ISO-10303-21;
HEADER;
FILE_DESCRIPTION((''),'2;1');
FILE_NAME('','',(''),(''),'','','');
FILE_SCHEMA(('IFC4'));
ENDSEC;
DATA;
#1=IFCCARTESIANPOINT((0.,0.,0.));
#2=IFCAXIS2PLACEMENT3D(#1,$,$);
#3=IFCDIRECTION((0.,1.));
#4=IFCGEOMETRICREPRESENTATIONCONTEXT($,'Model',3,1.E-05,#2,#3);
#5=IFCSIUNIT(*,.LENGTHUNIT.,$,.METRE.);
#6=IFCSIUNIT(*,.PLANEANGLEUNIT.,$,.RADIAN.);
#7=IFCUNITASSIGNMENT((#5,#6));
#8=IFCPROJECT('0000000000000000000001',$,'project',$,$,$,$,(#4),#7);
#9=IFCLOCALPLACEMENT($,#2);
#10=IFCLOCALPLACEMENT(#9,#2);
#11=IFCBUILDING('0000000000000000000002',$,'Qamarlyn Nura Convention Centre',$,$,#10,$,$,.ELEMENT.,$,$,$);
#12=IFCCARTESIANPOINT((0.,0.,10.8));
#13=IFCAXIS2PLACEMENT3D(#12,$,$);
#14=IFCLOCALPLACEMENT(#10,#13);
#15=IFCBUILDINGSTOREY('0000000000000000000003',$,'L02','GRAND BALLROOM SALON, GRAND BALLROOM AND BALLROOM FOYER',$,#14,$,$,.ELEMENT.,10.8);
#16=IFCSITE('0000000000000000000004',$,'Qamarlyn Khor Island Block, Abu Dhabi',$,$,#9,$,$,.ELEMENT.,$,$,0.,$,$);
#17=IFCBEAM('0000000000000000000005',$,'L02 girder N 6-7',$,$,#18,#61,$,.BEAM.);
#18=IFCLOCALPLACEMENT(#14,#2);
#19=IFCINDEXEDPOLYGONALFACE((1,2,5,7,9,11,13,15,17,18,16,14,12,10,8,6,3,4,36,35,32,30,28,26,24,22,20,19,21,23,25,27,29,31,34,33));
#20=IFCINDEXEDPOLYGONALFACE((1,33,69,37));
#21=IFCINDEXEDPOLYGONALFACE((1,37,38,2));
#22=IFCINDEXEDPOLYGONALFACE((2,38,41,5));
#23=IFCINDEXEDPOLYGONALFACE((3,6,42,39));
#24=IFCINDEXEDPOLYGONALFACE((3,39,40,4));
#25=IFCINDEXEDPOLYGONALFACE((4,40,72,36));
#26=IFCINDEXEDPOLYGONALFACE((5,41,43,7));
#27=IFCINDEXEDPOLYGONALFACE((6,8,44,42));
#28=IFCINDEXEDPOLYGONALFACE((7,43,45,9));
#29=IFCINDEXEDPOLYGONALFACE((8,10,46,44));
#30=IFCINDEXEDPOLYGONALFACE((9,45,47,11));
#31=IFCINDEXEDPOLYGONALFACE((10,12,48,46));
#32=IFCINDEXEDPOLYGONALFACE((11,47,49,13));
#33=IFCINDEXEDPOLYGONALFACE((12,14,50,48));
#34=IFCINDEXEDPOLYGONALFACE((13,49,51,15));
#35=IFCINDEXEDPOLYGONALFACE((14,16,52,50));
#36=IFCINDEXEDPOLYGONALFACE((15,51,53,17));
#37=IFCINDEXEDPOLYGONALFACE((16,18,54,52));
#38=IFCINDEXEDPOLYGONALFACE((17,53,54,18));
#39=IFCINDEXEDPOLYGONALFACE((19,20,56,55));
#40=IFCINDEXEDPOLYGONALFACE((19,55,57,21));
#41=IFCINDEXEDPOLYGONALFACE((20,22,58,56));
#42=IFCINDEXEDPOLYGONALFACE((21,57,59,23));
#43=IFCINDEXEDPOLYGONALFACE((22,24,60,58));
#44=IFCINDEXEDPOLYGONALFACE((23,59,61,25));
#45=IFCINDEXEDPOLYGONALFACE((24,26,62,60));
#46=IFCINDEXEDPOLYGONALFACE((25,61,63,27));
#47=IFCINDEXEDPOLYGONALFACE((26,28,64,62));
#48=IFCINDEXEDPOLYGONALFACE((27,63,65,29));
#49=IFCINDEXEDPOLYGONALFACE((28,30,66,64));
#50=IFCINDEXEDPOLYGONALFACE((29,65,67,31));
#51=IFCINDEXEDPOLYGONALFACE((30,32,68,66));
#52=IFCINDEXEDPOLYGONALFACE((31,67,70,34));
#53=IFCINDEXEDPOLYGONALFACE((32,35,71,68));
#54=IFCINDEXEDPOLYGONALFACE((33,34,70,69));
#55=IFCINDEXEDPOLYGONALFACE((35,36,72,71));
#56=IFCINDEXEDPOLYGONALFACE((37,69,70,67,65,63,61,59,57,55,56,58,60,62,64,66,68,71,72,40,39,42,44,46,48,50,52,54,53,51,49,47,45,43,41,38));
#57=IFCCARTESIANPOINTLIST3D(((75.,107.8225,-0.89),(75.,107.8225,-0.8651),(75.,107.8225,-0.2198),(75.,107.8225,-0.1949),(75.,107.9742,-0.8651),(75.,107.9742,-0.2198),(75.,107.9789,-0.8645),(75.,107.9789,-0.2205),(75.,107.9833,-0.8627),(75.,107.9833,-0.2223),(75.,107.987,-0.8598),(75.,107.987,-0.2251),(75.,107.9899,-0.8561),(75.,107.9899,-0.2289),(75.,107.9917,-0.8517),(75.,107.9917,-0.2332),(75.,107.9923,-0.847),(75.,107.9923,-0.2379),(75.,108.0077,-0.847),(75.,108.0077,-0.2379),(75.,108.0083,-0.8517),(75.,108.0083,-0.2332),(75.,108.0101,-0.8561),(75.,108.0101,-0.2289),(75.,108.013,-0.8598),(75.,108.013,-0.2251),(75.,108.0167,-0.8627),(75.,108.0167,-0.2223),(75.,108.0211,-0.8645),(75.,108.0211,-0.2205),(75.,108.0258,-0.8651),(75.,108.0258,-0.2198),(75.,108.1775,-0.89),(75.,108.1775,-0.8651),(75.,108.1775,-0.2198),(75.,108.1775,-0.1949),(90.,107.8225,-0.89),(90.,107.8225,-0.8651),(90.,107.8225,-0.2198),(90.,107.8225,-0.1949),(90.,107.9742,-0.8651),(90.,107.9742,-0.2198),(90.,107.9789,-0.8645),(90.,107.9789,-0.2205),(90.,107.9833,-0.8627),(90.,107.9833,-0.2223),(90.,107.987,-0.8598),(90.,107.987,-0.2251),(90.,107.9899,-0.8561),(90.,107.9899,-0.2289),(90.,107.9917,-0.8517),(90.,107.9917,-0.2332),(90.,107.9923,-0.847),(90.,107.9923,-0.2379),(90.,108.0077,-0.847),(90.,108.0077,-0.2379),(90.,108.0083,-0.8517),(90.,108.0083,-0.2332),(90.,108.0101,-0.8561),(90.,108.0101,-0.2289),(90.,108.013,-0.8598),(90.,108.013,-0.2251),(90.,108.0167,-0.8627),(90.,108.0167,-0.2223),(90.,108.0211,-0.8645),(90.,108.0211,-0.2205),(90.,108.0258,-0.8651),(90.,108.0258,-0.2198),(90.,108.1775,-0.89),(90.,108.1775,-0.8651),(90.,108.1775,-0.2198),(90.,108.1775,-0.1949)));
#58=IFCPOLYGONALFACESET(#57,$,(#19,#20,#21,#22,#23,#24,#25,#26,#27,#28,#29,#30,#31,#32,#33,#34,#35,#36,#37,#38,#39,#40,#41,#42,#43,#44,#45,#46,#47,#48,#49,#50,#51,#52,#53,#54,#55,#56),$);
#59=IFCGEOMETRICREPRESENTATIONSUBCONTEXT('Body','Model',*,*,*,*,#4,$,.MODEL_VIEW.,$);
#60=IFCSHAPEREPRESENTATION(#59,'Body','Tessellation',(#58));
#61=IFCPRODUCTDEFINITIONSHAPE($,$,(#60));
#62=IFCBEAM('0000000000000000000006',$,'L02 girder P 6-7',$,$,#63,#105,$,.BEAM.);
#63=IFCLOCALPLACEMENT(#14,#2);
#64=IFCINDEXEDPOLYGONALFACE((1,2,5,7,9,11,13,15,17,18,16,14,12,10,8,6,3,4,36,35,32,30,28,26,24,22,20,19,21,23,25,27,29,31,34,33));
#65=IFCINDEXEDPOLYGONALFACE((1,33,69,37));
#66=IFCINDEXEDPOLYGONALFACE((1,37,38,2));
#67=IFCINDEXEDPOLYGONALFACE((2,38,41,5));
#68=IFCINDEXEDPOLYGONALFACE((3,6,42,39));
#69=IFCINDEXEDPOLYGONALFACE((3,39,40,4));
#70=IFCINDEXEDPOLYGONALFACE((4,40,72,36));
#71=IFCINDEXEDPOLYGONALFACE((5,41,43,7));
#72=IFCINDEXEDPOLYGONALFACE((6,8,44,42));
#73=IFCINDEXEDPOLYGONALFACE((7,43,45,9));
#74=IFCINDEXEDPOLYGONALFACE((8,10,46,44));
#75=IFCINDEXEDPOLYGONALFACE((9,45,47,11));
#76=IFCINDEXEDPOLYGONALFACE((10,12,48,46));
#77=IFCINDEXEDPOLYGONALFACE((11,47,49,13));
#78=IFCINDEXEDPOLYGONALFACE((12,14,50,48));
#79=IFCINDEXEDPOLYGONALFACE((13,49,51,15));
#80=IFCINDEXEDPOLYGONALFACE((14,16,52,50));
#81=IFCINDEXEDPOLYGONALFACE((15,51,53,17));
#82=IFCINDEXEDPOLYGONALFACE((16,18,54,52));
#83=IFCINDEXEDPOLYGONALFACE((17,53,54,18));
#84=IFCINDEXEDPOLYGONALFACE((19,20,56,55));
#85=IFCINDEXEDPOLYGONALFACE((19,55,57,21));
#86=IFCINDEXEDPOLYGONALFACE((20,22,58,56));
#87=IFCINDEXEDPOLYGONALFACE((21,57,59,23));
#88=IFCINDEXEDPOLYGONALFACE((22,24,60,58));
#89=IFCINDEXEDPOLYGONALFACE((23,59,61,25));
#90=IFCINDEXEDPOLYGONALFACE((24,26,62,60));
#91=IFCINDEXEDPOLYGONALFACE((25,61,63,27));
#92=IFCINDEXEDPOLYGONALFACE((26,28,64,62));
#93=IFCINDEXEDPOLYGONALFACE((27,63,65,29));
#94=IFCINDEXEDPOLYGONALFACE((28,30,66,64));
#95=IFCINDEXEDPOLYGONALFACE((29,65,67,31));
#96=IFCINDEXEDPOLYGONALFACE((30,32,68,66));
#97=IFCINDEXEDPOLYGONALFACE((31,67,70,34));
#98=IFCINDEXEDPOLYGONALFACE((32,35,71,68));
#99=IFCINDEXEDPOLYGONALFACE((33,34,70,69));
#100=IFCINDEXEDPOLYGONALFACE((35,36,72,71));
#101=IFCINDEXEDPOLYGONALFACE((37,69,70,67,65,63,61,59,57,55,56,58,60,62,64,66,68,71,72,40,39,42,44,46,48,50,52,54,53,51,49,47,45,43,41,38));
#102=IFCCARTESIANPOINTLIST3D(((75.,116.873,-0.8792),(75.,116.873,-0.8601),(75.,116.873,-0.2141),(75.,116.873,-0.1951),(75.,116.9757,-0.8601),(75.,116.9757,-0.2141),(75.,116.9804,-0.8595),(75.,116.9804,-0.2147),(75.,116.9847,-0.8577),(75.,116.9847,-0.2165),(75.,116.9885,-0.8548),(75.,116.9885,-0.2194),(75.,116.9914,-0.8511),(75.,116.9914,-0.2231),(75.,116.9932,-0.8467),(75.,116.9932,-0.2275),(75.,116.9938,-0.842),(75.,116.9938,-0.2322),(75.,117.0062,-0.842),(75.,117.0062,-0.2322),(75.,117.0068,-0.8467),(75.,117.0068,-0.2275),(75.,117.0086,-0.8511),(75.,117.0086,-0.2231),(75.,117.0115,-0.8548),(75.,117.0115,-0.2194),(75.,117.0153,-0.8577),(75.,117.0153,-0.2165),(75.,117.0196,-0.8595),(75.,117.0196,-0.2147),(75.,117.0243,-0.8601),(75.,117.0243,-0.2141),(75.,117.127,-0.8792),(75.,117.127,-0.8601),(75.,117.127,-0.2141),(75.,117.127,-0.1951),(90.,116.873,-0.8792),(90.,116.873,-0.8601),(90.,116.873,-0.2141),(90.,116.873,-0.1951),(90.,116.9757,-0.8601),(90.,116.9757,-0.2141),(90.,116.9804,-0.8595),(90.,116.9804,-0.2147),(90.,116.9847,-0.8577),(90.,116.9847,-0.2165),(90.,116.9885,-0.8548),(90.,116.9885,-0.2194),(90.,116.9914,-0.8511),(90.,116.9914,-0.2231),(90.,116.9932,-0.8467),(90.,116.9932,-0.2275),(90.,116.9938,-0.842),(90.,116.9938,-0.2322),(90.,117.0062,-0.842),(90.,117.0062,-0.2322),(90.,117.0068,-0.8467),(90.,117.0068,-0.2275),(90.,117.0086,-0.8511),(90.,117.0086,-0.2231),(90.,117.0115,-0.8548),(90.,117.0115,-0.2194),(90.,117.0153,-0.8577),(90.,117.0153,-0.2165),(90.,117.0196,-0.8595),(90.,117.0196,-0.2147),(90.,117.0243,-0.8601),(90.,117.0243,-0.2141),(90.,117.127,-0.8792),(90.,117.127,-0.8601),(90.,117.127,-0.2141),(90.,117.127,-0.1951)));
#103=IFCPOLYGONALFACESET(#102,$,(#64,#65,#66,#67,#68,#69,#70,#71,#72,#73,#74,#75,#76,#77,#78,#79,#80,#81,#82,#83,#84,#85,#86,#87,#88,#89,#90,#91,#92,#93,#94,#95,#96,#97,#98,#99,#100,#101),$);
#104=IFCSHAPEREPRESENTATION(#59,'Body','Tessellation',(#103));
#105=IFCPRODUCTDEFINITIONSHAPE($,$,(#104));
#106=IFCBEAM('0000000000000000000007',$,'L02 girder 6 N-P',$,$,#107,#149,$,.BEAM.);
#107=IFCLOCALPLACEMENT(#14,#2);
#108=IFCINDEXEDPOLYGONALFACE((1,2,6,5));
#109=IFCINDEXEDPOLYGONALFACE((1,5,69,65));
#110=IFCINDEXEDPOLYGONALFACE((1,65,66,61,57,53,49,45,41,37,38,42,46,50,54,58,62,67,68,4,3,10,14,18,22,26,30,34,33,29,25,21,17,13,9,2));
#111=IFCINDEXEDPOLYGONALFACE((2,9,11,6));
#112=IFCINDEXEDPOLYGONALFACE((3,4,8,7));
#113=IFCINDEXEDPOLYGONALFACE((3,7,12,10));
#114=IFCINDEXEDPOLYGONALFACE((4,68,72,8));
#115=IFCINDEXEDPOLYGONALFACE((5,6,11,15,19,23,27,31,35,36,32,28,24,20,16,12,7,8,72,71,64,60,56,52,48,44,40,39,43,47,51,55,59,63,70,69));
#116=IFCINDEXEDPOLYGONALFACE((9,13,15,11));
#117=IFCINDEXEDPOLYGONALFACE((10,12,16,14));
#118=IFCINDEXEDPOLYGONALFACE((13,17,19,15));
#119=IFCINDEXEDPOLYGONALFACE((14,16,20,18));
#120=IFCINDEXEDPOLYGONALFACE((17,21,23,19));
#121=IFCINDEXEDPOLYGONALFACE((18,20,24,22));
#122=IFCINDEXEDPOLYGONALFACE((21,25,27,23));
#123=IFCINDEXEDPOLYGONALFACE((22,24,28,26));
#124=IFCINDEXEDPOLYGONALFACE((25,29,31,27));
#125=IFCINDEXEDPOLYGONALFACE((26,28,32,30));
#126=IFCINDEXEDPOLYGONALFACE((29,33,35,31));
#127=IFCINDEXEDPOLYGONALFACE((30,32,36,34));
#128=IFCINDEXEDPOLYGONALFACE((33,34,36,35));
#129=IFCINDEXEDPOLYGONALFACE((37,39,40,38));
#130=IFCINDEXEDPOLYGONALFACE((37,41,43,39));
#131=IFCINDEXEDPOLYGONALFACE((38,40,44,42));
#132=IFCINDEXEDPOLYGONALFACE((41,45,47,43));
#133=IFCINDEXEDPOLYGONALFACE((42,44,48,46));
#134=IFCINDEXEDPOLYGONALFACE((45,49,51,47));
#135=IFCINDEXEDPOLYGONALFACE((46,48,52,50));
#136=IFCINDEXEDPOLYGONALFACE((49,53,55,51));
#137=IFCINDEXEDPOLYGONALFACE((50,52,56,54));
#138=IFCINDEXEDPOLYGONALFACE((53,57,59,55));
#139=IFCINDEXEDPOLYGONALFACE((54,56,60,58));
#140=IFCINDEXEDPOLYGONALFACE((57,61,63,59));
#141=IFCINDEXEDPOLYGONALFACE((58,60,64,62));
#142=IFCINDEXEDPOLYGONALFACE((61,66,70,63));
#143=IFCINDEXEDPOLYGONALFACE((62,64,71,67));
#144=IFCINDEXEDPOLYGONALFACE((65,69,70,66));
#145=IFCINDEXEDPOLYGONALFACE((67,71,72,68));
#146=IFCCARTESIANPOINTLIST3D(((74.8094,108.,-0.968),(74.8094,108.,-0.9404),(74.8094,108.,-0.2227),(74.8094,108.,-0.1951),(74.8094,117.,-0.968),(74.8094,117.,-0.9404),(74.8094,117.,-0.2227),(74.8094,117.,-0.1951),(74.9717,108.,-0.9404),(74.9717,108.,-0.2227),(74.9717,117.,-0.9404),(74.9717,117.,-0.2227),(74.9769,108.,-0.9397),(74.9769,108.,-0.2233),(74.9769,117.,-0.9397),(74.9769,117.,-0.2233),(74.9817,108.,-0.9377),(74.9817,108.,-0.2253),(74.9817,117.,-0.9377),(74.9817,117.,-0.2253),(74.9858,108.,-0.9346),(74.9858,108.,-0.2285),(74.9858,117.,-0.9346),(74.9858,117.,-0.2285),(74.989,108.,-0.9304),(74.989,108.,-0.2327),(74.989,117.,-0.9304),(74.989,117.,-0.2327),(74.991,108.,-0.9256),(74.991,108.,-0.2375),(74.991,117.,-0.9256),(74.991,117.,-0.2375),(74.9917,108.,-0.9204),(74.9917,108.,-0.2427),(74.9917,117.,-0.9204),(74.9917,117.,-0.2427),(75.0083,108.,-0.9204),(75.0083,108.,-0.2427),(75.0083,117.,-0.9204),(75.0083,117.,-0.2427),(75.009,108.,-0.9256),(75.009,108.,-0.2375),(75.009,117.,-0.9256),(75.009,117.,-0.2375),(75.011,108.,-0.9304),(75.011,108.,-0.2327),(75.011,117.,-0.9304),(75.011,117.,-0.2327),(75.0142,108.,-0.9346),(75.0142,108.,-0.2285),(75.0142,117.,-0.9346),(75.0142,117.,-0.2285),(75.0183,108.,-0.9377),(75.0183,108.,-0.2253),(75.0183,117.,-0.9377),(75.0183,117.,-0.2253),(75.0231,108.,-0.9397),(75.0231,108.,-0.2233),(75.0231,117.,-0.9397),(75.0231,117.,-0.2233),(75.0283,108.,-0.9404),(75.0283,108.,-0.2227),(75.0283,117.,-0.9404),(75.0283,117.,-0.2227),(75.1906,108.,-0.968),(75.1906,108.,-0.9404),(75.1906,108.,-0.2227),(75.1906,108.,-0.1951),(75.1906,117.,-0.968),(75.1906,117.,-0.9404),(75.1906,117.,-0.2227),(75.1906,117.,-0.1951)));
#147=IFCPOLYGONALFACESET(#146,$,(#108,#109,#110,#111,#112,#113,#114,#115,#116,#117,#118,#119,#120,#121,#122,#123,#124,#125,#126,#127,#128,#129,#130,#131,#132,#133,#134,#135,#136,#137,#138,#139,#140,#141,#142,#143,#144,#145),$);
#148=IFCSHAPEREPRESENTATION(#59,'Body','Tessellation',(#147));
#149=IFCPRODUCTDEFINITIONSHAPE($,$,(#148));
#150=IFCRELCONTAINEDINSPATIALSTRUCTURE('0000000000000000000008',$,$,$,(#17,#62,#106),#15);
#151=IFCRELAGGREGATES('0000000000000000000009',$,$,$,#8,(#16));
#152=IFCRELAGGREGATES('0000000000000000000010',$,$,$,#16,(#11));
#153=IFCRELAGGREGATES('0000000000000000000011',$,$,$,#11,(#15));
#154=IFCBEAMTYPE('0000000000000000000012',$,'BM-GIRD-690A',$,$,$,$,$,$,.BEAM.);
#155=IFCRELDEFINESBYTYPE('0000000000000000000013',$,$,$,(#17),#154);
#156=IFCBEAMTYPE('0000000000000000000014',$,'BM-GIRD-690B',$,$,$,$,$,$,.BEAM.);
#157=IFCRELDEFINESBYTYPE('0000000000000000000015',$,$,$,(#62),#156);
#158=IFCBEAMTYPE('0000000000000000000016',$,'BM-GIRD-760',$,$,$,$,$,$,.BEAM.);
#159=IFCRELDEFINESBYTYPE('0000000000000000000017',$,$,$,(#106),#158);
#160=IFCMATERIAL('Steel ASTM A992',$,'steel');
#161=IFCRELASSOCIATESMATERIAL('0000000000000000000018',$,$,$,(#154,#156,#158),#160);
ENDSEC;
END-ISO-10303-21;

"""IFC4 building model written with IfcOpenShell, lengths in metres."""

from ifc_helpers import new_model, si_unit, direction, frame, origin, origin_2d, place, context, subcontext, project, spatial, i_section, extrude, material, material_profile, profile_set, type_object, element, save


model = new_model("IFC4")

# Units and contexts
model_context = context("Model", 3, precision=1e-05, world=origin(), true_north=direction((0.0, 1.0)))
body_context = subcontext(model_context, "Body", "Model", "MODEL_VIEW")
ifc_project = project(units=[si_unit("LENGTHUNIT", "METRE"), si_unit("PLANEANGLEUNIT", "RADIAN")], contexts=[model_context])

# Site, building, storey
site_placement = place(None, origin())
site = spatial("IfcSite", under=ifc_project, at=site_placement, Name="Qamarlyn Khor Island Block, Abu Dhabi", CompositionType="ELEMENT", RefElevation=0.0)
building_placement = place(site_placement, origin())
building = spatial("IfcBuilding", under=site, at=building_placement, Name="Qamarlyn Nura Convention Centre", CompositionType="ELEMENT")
storey_placement = place(building_placement, frame((0.0, 0.0, 10.8)))
storey = spatial("IfcBuildingStorey", under=building, at=storey_placement, Name="L02", Description="GRAND BALLROOM SALON, GRAND BALLROOM AND BALLROOM FOYER", CompositionType="ELEMENT", Elevation=10.8)

# Beams
ifc_material_1 = material(Name="Steel ASTM A992", Category="steel")
ifc_material_profile_1 = material_profile(ifc_material_1, i_section(OverallWidth=0.355, OverallDepth=0.6951, WebThickness=0.0154, FlangeThickness=0.0249, FilletRadius=0.0181, at=origin_2d()), Name="W690X217")
ifc_profile_set_1 = profile_set([ifc_material_profile_1], Name="Steel ASTM A992")
beam_type_1 = type_object("IfcBeamType", Name="BM-GIRD-690A", PredefinedType="BEAM", material=ifc_profile_set_1)
beam_1_placement = place(storey_placement, frame((75.0, 108.0, -0.5425), z_axis=(1.0, 0.0, 0.0), x_axis=(0.0, 1.0, 0.0)))
element("IfcBeam", 1, at=beam_1_placement, inside=storey, type_object=beam_type_1, Name="L02 girder N 6-7", PredefinedType="BEAM", context=body_context, shape_type="SweptSolid", body=[
    extrude(i_section(OverallWidth=0.355, OverallDepth=0.6951, WebThickness=0.0154, FlangeThickness=0.0249, FilletRadius=0.0181, at=origin_2d()), origin(), (0.0, 0.0, 1.0), 15.0),
])
ifc_material_profile_2 = material_profile(ifc_material_1, i_section(OverallWidth=0.2539, OverallDepth=0.6841, WebThickness=0.0125, FlangeThickness=0.019, FilletRadius=0.0181, at=origin_2d()), Name="W690X140")
ifc_profile_set_2 = profile_set([ifc_material_profile_2], Name="Steel ASTM A992")
beam_type_2 = type_object("IfcBeamType", Name="BM-GIRD-690B", PredefinedType="BEAM", material=ifc_profile_set_2)
beam_2_placement = place(storey_placement, frame((75.0, 117.0, -0.5371), z_axis=(1.0, 0.0, 0.0), x_axis=(0.0, 1.0, 0.0)))
element("IfcBeam", 2, at=beam_2_placement, inside=storey, type_object=beam_type_2, Name="L02 girder P 6-7", PredefinedType="BEAM", context=body_context, shape_type="SweptSolid", body=[
    extrude(i_section(OverallWidth=0.2539, OverallDepth=0.6841, WebThickness=0.0125, FlangeThickness=0.019, FilletRadius=0.0181, at=origin_2d()), origin(), (0.0, 0.0, 1.0), 15.0),
])
ifc_material_profile_3 = material_profile(ifc_material_1, i_section(OverallWidth=0.3811, OverallDepth=0.7729, WebThickness=0.0166, FlangeThickness=0.0276, FilletRadius=0.02, at=origin_2d()), Name="W760X257")
ifc_profile_set_3 = profile_set([ifc_material_profile_3], Name="Steel ASTM A992")
beam_type_3 = type_object("IfcBeamType", Name="BM-GIRD-760", PredefinedType="BEAM", material=ifc_profile_set_3)
beam_3_placement = place(storey_placement, frame((75.0, 108.0, -0.5815), z_axis=(0.0, 1.0, 0.0), x_axis=(-1.0, 0.0, 0.0)))
element("IfcBeam", 3, at=beam_3_placement, inside=storey, type_object=beam_type_3, Name="L02 girder 6 N-P", PredefinedType="BEAM", context=body_context, shape_type="SweptSolid", body=[
    extrude(i_section(OverallWidth=0.3811, OverallDepth=0.7729, WebThickness=0.0166, FlangeThickness=0.0276, FilletRadius=0.02, at=origin_2d()), origin(), (0.0, 0.0, 1.0), 9.0),
])

save(model, "model.ifc")
